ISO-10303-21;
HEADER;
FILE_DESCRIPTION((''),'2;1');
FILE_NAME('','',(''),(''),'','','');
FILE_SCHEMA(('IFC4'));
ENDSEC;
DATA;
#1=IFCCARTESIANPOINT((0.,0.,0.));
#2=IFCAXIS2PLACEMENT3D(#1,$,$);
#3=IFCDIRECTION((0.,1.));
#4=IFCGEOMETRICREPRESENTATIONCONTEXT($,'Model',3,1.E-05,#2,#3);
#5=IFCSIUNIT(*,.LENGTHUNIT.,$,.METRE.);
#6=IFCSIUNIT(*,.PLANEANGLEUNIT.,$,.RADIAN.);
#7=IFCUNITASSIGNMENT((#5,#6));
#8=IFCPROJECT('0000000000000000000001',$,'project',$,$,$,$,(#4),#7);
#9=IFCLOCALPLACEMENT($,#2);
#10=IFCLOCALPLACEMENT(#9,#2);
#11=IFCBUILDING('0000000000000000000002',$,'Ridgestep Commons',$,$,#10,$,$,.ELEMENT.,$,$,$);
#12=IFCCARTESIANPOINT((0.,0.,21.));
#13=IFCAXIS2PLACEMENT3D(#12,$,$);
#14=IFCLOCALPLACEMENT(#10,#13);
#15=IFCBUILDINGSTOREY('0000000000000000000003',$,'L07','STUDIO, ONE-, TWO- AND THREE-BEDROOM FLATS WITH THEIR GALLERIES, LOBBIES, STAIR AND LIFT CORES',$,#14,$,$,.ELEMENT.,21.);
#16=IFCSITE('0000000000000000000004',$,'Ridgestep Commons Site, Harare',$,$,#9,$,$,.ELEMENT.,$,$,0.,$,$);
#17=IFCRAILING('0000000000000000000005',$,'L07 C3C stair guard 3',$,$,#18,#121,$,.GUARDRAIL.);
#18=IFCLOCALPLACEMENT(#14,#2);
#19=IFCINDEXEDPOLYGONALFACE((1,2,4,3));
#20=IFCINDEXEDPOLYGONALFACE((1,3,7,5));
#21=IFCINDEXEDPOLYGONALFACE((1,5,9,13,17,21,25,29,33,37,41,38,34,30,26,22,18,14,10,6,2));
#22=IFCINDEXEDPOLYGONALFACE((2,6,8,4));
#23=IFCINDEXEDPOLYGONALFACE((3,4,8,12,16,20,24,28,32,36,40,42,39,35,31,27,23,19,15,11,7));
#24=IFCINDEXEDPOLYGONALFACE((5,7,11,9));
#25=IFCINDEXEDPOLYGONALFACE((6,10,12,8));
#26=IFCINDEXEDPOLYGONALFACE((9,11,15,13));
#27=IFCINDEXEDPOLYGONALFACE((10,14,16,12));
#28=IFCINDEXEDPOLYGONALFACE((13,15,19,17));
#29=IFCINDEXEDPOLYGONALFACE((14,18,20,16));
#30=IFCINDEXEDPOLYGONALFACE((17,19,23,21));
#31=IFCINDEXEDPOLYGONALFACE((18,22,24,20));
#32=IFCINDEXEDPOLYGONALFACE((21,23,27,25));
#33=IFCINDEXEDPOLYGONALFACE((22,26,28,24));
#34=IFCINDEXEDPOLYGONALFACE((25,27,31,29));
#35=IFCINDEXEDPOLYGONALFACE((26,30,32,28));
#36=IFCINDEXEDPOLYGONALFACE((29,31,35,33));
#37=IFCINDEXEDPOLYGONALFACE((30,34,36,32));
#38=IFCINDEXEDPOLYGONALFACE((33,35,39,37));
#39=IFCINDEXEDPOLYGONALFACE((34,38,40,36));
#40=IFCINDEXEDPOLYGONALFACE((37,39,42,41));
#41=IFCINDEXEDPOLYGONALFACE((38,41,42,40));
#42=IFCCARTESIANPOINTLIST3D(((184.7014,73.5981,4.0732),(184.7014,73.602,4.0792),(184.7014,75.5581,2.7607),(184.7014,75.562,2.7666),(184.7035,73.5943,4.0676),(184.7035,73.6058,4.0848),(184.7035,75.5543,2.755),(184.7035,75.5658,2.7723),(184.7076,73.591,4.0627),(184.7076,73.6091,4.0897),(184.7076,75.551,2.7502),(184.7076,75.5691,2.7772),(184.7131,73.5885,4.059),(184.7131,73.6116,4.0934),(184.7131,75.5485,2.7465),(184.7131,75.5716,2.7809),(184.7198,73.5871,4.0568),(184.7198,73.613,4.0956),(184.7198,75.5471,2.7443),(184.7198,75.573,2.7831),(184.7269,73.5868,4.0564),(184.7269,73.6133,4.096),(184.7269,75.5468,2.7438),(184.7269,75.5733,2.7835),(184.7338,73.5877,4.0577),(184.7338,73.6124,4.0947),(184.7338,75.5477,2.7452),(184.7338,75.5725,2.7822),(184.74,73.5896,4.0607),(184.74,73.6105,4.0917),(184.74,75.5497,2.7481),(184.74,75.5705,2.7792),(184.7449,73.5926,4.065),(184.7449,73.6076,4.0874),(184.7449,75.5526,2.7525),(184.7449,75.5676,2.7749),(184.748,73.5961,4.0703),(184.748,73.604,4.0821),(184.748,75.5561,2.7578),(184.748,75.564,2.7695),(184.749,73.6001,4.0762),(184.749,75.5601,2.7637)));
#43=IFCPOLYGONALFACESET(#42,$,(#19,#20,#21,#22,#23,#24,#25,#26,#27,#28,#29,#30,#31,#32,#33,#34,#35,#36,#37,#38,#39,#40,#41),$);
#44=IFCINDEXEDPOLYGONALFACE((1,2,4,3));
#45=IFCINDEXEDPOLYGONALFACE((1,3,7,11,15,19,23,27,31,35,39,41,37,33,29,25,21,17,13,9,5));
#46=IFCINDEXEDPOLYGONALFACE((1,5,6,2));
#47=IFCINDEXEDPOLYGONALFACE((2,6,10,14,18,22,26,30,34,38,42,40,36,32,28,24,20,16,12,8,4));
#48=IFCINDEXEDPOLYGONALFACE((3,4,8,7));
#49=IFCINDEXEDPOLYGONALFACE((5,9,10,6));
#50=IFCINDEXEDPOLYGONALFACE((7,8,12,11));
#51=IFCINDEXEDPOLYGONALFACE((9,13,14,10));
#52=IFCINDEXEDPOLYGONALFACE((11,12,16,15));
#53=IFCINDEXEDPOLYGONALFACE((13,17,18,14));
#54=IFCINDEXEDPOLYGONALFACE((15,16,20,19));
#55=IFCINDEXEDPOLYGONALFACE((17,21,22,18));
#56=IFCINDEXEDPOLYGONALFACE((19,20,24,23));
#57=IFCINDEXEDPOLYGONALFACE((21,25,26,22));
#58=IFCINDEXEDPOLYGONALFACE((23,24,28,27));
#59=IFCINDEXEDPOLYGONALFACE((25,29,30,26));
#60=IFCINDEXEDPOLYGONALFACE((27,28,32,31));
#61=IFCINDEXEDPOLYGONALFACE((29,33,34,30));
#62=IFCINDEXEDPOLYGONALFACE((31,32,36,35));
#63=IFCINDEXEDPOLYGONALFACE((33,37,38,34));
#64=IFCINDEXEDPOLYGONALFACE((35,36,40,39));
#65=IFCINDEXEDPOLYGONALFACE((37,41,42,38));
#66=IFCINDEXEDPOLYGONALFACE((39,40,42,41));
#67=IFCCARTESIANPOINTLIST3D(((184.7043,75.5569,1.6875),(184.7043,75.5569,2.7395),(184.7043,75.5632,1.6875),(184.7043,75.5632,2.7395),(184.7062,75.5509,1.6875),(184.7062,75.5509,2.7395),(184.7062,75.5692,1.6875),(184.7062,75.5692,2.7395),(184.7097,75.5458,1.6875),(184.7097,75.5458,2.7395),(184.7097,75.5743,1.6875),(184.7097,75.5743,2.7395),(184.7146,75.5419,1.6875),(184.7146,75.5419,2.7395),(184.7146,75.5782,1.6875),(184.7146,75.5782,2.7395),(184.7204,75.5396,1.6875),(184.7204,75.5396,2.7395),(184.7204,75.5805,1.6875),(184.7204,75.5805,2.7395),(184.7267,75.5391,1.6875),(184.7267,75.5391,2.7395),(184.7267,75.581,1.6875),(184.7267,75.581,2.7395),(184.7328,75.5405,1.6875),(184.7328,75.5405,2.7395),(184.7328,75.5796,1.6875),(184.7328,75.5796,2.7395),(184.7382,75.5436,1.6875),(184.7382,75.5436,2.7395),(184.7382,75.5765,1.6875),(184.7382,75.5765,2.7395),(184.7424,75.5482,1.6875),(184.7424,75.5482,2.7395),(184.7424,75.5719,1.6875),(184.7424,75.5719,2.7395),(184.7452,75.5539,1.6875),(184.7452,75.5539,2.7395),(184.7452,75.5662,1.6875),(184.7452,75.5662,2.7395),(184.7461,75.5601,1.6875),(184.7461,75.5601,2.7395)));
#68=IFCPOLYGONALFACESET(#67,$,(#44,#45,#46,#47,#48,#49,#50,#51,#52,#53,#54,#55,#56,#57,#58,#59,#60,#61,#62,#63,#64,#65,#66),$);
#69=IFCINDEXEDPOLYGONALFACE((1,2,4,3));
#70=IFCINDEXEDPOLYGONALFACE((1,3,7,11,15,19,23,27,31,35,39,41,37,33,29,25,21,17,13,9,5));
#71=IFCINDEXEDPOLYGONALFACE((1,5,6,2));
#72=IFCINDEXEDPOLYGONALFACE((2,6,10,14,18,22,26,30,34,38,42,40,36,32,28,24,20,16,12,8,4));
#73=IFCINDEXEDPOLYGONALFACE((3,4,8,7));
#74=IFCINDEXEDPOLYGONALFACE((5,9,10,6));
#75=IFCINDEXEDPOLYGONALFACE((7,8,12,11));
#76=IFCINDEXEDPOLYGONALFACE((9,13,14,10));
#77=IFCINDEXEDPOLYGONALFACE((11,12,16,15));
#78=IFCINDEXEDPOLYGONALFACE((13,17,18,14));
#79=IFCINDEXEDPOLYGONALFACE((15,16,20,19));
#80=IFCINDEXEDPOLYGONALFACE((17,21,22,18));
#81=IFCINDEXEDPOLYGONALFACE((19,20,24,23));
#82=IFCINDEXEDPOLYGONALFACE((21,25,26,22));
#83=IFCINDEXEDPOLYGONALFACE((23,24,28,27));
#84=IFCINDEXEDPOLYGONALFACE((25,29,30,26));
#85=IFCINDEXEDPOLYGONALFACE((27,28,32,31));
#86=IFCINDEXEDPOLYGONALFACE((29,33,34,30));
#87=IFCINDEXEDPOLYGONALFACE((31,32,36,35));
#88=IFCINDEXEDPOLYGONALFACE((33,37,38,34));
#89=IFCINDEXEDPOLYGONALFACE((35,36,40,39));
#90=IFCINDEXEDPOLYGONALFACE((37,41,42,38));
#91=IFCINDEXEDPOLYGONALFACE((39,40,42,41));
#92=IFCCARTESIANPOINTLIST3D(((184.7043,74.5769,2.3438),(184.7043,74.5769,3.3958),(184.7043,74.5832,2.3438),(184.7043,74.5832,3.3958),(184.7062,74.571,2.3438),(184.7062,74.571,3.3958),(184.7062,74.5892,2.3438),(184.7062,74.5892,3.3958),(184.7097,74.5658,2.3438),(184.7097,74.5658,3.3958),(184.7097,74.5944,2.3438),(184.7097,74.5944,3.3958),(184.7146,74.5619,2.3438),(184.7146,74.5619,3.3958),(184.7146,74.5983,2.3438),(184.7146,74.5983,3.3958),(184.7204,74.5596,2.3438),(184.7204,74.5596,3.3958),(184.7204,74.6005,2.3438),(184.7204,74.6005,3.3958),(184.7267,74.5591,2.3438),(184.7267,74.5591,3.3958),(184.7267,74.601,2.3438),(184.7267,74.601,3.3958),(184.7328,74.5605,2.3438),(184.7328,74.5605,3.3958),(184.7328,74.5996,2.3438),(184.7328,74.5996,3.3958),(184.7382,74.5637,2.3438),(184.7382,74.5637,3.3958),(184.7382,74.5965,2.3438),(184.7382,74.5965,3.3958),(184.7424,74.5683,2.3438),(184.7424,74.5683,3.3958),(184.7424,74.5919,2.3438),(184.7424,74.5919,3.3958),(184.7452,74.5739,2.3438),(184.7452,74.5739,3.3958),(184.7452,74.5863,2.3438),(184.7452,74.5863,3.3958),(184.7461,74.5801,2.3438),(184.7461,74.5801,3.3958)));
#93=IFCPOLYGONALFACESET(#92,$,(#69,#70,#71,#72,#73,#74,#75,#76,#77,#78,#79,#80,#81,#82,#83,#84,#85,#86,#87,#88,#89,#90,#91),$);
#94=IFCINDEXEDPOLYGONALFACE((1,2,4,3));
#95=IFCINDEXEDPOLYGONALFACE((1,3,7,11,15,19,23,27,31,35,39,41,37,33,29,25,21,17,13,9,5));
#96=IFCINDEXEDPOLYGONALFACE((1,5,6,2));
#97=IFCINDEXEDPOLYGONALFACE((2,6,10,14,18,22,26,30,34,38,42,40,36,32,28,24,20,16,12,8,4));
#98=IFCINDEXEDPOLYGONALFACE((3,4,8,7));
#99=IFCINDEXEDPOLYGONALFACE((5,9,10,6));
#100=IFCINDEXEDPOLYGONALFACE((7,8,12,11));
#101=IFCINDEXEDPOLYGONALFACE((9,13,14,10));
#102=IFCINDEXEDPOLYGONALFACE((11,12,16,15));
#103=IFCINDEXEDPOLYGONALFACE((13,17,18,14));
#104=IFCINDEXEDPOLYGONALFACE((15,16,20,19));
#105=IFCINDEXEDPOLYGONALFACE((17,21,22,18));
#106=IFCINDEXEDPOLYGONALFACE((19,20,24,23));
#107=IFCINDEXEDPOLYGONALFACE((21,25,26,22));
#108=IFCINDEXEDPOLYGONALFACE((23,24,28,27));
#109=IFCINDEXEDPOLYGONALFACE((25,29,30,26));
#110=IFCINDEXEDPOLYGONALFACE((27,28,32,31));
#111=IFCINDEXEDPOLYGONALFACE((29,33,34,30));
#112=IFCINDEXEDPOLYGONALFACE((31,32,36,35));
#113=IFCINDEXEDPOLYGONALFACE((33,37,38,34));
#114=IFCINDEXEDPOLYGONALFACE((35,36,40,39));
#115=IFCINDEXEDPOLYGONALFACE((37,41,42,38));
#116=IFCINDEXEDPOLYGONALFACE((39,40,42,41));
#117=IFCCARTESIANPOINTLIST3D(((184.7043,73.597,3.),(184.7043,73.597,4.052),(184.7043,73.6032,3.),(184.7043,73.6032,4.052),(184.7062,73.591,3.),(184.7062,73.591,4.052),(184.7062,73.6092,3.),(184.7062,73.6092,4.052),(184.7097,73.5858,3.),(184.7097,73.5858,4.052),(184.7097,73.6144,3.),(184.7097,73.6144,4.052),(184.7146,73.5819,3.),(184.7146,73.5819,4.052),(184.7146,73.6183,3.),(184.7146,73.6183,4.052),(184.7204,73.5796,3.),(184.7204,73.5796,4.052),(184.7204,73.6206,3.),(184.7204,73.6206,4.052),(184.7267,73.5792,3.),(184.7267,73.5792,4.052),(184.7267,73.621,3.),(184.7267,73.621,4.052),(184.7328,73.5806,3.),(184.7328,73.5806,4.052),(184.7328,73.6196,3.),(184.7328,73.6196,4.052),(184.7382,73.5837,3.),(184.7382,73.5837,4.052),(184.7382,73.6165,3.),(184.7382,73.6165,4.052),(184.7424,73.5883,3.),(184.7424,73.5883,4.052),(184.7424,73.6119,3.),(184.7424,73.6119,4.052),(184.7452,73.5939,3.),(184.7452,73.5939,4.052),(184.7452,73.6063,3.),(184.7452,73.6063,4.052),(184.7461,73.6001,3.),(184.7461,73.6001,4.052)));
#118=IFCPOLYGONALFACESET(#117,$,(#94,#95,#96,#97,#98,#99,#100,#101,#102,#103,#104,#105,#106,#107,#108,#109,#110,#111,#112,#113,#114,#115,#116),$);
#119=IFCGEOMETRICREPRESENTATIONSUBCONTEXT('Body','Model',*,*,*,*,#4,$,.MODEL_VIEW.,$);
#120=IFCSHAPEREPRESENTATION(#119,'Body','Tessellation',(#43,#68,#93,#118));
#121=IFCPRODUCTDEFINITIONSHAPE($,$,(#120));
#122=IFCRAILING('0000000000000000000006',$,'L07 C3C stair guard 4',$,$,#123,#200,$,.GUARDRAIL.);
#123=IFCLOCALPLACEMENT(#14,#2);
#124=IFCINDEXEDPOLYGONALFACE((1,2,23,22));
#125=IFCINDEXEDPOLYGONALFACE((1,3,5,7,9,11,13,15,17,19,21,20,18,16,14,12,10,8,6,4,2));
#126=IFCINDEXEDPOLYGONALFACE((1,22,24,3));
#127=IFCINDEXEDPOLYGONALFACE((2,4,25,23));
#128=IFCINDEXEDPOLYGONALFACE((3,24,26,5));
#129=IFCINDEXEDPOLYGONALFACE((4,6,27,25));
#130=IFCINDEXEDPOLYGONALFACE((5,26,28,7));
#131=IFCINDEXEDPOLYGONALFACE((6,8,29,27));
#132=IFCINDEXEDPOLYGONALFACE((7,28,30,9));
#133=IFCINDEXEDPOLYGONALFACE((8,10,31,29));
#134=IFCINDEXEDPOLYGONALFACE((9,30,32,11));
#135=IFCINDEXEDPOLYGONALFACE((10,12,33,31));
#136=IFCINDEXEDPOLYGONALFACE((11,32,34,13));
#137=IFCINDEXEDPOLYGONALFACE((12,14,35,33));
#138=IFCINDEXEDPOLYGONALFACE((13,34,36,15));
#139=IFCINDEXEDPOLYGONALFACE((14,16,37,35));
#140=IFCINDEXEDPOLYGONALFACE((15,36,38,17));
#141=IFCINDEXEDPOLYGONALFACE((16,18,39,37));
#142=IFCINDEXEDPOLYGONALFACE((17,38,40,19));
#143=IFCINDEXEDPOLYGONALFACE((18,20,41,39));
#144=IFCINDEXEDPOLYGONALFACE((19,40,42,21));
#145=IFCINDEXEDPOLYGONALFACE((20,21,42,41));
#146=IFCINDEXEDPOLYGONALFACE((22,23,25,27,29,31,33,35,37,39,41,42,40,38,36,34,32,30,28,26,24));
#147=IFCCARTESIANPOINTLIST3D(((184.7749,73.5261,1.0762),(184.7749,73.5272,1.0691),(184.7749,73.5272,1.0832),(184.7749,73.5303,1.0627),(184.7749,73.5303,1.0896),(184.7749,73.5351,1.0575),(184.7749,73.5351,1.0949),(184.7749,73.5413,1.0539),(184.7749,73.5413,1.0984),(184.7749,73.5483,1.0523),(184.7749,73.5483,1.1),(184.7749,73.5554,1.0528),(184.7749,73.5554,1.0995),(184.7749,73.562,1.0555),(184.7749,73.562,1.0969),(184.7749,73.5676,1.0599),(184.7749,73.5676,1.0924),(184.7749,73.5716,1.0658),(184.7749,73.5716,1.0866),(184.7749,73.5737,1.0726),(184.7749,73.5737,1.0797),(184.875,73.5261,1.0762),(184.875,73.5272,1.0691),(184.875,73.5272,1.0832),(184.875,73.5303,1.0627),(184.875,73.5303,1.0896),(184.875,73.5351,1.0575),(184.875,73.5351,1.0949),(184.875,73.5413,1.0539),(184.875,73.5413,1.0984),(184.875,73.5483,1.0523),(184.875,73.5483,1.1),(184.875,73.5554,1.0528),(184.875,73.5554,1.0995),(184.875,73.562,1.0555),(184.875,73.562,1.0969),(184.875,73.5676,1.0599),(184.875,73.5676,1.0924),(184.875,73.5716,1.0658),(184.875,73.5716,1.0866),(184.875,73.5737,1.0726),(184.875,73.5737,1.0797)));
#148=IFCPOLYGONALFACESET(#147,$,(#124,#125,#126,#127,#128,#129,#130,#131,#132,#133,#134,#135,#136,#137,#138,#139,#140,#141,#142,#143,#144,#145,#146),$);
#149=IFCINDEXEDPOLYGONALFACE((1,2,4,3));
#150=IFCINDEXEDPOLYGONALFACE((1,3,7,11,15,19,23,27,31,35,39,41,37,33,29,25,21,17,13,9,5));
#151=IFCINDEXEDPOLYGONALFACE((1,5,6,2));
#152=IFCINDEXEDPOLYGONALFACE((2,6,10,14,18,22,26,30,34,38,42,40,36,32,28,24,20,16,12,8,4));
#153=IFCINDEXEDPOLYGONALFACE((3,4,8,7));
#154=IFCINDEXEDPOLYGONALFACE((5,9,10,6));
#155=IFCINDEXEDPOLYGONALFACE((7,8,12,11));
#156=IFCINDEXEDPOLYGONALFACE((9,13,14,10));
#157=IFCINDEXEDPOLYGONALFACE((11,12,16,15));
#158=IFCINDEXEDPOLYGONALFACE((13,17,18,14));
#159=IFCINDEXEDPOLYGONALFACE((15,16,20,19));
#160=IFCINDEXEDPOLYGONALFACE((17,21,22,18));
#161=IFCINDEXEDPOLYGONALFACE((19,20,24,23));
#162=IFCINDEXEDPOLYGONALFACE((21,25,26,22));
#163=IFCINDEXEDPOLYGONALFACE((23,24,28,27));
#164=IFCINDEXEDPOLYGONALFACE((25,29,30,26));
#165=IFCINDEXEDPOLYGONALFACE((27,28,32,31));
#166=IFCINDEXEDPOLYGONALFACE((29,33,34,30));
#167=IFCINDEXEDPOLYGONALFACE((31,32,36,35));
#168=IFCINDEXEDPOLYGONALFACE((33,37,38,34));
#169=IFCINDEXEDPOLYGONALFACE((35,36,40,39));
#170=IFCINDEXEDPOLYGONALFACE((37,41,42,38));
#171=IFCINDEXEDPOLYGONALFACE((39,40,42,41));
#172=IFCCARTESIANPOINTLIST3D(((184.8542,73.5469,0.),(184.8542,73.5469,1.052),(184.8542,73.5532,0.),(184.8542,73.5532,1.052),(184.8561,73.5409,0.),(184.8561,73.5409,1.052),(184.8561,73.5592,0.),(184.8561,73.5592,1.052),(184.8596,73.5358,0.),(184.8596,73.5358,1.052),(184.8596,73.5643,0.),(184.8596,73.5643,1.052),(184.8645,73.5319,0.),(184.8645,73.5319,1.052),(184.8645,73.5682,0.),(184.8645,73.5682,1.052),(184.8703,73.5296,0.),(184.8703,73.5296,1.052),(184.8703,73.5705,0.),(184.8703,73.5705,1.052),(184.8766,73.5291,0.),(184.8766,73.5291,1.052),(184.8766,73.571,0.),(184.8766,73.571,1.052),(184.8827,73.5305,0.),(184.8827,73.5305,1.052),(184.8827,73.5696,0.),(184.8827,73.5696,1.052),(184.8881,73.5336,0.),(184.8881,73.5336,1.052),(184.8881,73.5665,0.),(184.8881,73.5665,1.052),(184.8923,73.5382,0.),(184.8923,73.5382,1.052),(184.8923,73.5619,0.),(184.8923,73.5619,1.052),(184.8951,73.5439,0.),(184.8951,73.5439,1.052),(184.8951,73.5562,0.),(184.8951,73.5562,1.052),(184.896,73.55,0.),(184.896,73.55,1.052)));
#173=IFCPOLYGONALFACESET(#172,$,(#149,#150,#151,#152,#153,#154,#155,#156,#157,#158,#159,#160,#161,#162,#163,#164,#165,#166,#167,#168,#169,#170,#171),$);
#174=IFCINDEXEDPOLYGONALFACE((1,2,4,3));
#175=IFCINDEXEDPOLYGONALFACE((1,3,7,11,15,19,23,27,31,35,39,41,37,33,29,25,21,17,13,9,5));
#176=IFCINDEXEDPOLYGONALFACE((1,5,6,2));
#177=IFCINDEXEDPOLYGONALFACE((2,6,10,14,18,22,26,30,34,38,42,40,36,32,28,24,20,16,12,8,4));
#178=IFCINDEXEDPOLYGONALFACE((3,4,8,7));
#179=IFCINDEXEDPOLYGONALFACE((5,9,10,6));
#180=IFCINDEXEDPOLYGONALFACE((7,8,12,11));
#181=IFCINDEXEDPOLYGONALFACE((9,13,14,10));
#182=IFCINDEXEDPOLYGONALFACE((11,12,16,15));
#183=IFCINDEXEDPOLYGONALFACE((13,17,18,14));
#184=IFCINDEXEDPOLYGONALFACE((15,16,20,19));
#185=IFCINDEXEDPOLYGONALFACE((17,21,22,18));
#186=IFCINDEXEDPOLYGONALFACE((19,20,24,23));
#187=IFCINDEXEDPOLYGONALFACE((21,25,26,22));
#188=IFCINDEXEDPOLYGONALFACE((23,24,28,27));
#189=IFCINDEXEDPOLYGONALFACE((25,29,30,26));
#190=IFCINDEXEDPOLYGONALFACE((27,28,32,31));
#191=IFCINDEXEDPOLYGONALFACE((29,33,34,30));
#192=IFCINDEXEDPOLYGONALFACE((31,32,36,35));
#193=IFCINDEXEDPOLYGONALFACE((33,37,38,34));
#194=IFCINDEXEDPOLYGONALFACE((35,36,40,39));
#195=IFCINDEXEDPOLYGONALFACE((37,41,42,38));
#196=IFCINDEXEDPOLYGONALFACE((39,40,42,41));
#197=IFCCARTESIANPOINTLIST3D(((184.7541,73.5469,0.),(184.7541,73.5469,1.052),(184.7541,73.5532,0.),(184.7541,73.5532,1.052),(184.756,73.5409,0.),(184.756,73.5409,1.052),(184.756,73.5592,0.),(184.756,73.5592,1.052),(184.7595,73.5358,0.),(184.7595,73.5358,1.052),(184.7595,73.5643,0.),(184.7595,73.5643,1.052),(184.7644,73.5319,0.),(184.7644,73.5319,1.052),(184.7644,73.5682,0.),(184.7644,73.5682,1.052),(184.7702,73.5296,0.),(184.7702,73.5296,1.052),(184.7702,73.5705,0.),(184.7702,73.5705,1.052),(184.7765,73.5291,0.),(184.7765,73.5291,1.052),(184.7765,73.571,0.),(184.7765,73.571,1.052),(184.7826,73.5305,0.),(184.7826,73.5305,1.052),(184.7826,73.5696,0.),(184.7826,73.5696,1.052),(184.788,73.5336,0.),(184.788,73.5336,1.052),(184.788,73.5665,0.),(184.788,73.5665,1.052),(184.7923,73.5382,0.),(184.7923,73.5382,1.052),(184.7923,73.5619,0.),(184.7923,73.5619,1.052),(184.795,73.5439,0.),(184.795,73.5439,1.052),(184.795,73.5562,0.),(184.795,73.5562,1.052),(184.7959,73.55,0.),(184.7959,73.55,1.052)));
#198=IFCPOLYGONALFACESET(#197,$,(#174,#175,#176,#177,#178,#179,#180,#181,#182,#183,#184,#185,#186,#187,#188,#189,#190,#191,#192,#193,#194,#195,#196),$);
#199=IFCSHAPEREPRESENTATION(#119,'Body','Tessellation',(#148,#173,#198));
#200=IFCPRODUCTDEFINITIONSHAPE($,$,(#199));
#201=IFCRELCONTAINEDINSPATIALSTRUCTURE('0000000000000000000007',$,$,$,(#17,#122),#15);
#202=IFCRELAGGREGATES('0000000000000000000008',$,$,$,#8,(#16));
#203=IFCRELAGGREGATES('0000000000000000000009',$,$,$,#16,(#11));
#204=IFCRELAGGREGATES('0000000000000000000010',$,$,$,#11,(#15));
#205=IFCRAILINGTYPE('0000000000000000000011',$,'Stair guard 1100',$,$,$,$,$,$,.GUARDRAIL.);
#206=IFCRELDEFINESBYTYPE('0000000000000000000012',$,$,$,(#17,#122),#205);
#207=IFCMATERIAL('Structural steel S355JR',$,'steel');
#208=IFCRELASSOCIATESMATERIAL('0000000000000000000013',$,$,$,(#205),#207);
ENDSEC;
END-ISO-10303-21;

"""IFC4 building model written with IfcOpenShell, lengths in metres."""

from ifc_helpers import new_model, si_unit, direction, frame, origin, origin_2d, place, context, subcontext, project, spatial, circle, extrude, material, type_object, element, save


model = new_model("IFC4")

# Units and contexts
model_context = context("Model", 3, precision=1e-05, world=origin(), true_north=direction((0.0, 1.0)))
body_context = subcontext(model_context, "Body", "Model", "MODEL_VIEW")
ifc_project = project(units=[si_unit("LENGTHUNIT", "METRE"), si_unit("PLANEANGLEUNIT", "RADIAN")], contexts=[model_context])

# Site, building, storey
site_placement = place(None, origin())
site = spatial("IfcSite", under=ifc_project, at=site_placement, Name="Ridgestep Commons Site, Harare", CompositionType="ELEMENT", RefElevation=0.0)
building_placement = place(site_placement, origin())
building = spatial("IfcBuilding", under=site, at=building_placement, Name="Ridgestep Commons", CompositionType="ELEMENT")
storey_placement = place(building_placement, frame((0.0, 0.0, 21.0)))
storey = spatial("IfcBuildingStorey", under=building, at=storey_placement, Name="L07", Description="STUDIO, ONE-, TWO- AND THREE-BEDROOM FLATS WITH THEIR GALLERIES, LOBBIES, STAIR AND LIFT CORES", CompositionType="ELEMENT", Elevation=21.0)

# Railings
ifc_material_1 = material(Name="Structural steel S355JR", Category="steel")
railing_type_1 = type_object("IfcRailingType", Name="Stair guard 1100", PredefinedType="GUARDRAIL", material=ifc_material_1)
railing_1_placement = place(storey_placement, frame((184.7251, 75.5601, 1.6875)))
element("IfcRailing", 1, at=railing_1_placement, inside=storey, type_object=railing_type_1, Name="L07 C3C stair guard 3", PredefinedType="GUARDRAIL", context=body_context, shape_type="SweptSolid", body=[
    extrude(circle(Radius=0.0239, at=origin_2d()), frame((0.0, 0.0, 1.0762), z_axis=(0.0, -0.830902, 0.556419), x_axis=(1.0, 0.0, 0.0)), (0.0, 0.0, 1.0), 2.3589),
    extrude(circle(Radius=0.021, at=origin_2d()), origin(), (0.0, 0.0, 1.0), 1.052),
    extrude(circle(Radius=0.021, at=origin_2d()), frame((0.0, -0.98, 0.6562)), (0.0, 0.0, 1.0), 1.052),
    extrude(circle(Radius=0.021, at=origin_2d()), frame((0.0, -1.96, 1.3125)), (0.0, 0.0, 1.0), 1.052),
])
railing_2_placement = place(storey_placement, frame((184.875, 73.55, 0.0)))
element("IfcRailing", 2, at=railing_2_placement, inside=storey, type_object=railing_type_1, Name="L07 C3C stair guard 4", PredefinedType="GUARDRAIL", context=body_context, shape_type="SweptSolid", body=[
    extrude(circle(Radius=0.0239, at=origin_2d()), frame((0.0, 0.0, 1.0762), z_axis=(-1.0, 0.0, 0.0), x_axis=(0.0, -1.0, 0.0)), (0.0, 0.0, 1.0), 0.1001),
    extrude(circle(Radius=0.021, at=origin_2d()), origin(), (0.0, 0.0, 1.0), 1.052),
    extrude(circle(Radius=0.021, at=origin_2d()), frame((-0.1001, 0.0, 0.0)), (0.0, 0.0, 1.0), 1.052),
])

save(model, "model.ifc")
